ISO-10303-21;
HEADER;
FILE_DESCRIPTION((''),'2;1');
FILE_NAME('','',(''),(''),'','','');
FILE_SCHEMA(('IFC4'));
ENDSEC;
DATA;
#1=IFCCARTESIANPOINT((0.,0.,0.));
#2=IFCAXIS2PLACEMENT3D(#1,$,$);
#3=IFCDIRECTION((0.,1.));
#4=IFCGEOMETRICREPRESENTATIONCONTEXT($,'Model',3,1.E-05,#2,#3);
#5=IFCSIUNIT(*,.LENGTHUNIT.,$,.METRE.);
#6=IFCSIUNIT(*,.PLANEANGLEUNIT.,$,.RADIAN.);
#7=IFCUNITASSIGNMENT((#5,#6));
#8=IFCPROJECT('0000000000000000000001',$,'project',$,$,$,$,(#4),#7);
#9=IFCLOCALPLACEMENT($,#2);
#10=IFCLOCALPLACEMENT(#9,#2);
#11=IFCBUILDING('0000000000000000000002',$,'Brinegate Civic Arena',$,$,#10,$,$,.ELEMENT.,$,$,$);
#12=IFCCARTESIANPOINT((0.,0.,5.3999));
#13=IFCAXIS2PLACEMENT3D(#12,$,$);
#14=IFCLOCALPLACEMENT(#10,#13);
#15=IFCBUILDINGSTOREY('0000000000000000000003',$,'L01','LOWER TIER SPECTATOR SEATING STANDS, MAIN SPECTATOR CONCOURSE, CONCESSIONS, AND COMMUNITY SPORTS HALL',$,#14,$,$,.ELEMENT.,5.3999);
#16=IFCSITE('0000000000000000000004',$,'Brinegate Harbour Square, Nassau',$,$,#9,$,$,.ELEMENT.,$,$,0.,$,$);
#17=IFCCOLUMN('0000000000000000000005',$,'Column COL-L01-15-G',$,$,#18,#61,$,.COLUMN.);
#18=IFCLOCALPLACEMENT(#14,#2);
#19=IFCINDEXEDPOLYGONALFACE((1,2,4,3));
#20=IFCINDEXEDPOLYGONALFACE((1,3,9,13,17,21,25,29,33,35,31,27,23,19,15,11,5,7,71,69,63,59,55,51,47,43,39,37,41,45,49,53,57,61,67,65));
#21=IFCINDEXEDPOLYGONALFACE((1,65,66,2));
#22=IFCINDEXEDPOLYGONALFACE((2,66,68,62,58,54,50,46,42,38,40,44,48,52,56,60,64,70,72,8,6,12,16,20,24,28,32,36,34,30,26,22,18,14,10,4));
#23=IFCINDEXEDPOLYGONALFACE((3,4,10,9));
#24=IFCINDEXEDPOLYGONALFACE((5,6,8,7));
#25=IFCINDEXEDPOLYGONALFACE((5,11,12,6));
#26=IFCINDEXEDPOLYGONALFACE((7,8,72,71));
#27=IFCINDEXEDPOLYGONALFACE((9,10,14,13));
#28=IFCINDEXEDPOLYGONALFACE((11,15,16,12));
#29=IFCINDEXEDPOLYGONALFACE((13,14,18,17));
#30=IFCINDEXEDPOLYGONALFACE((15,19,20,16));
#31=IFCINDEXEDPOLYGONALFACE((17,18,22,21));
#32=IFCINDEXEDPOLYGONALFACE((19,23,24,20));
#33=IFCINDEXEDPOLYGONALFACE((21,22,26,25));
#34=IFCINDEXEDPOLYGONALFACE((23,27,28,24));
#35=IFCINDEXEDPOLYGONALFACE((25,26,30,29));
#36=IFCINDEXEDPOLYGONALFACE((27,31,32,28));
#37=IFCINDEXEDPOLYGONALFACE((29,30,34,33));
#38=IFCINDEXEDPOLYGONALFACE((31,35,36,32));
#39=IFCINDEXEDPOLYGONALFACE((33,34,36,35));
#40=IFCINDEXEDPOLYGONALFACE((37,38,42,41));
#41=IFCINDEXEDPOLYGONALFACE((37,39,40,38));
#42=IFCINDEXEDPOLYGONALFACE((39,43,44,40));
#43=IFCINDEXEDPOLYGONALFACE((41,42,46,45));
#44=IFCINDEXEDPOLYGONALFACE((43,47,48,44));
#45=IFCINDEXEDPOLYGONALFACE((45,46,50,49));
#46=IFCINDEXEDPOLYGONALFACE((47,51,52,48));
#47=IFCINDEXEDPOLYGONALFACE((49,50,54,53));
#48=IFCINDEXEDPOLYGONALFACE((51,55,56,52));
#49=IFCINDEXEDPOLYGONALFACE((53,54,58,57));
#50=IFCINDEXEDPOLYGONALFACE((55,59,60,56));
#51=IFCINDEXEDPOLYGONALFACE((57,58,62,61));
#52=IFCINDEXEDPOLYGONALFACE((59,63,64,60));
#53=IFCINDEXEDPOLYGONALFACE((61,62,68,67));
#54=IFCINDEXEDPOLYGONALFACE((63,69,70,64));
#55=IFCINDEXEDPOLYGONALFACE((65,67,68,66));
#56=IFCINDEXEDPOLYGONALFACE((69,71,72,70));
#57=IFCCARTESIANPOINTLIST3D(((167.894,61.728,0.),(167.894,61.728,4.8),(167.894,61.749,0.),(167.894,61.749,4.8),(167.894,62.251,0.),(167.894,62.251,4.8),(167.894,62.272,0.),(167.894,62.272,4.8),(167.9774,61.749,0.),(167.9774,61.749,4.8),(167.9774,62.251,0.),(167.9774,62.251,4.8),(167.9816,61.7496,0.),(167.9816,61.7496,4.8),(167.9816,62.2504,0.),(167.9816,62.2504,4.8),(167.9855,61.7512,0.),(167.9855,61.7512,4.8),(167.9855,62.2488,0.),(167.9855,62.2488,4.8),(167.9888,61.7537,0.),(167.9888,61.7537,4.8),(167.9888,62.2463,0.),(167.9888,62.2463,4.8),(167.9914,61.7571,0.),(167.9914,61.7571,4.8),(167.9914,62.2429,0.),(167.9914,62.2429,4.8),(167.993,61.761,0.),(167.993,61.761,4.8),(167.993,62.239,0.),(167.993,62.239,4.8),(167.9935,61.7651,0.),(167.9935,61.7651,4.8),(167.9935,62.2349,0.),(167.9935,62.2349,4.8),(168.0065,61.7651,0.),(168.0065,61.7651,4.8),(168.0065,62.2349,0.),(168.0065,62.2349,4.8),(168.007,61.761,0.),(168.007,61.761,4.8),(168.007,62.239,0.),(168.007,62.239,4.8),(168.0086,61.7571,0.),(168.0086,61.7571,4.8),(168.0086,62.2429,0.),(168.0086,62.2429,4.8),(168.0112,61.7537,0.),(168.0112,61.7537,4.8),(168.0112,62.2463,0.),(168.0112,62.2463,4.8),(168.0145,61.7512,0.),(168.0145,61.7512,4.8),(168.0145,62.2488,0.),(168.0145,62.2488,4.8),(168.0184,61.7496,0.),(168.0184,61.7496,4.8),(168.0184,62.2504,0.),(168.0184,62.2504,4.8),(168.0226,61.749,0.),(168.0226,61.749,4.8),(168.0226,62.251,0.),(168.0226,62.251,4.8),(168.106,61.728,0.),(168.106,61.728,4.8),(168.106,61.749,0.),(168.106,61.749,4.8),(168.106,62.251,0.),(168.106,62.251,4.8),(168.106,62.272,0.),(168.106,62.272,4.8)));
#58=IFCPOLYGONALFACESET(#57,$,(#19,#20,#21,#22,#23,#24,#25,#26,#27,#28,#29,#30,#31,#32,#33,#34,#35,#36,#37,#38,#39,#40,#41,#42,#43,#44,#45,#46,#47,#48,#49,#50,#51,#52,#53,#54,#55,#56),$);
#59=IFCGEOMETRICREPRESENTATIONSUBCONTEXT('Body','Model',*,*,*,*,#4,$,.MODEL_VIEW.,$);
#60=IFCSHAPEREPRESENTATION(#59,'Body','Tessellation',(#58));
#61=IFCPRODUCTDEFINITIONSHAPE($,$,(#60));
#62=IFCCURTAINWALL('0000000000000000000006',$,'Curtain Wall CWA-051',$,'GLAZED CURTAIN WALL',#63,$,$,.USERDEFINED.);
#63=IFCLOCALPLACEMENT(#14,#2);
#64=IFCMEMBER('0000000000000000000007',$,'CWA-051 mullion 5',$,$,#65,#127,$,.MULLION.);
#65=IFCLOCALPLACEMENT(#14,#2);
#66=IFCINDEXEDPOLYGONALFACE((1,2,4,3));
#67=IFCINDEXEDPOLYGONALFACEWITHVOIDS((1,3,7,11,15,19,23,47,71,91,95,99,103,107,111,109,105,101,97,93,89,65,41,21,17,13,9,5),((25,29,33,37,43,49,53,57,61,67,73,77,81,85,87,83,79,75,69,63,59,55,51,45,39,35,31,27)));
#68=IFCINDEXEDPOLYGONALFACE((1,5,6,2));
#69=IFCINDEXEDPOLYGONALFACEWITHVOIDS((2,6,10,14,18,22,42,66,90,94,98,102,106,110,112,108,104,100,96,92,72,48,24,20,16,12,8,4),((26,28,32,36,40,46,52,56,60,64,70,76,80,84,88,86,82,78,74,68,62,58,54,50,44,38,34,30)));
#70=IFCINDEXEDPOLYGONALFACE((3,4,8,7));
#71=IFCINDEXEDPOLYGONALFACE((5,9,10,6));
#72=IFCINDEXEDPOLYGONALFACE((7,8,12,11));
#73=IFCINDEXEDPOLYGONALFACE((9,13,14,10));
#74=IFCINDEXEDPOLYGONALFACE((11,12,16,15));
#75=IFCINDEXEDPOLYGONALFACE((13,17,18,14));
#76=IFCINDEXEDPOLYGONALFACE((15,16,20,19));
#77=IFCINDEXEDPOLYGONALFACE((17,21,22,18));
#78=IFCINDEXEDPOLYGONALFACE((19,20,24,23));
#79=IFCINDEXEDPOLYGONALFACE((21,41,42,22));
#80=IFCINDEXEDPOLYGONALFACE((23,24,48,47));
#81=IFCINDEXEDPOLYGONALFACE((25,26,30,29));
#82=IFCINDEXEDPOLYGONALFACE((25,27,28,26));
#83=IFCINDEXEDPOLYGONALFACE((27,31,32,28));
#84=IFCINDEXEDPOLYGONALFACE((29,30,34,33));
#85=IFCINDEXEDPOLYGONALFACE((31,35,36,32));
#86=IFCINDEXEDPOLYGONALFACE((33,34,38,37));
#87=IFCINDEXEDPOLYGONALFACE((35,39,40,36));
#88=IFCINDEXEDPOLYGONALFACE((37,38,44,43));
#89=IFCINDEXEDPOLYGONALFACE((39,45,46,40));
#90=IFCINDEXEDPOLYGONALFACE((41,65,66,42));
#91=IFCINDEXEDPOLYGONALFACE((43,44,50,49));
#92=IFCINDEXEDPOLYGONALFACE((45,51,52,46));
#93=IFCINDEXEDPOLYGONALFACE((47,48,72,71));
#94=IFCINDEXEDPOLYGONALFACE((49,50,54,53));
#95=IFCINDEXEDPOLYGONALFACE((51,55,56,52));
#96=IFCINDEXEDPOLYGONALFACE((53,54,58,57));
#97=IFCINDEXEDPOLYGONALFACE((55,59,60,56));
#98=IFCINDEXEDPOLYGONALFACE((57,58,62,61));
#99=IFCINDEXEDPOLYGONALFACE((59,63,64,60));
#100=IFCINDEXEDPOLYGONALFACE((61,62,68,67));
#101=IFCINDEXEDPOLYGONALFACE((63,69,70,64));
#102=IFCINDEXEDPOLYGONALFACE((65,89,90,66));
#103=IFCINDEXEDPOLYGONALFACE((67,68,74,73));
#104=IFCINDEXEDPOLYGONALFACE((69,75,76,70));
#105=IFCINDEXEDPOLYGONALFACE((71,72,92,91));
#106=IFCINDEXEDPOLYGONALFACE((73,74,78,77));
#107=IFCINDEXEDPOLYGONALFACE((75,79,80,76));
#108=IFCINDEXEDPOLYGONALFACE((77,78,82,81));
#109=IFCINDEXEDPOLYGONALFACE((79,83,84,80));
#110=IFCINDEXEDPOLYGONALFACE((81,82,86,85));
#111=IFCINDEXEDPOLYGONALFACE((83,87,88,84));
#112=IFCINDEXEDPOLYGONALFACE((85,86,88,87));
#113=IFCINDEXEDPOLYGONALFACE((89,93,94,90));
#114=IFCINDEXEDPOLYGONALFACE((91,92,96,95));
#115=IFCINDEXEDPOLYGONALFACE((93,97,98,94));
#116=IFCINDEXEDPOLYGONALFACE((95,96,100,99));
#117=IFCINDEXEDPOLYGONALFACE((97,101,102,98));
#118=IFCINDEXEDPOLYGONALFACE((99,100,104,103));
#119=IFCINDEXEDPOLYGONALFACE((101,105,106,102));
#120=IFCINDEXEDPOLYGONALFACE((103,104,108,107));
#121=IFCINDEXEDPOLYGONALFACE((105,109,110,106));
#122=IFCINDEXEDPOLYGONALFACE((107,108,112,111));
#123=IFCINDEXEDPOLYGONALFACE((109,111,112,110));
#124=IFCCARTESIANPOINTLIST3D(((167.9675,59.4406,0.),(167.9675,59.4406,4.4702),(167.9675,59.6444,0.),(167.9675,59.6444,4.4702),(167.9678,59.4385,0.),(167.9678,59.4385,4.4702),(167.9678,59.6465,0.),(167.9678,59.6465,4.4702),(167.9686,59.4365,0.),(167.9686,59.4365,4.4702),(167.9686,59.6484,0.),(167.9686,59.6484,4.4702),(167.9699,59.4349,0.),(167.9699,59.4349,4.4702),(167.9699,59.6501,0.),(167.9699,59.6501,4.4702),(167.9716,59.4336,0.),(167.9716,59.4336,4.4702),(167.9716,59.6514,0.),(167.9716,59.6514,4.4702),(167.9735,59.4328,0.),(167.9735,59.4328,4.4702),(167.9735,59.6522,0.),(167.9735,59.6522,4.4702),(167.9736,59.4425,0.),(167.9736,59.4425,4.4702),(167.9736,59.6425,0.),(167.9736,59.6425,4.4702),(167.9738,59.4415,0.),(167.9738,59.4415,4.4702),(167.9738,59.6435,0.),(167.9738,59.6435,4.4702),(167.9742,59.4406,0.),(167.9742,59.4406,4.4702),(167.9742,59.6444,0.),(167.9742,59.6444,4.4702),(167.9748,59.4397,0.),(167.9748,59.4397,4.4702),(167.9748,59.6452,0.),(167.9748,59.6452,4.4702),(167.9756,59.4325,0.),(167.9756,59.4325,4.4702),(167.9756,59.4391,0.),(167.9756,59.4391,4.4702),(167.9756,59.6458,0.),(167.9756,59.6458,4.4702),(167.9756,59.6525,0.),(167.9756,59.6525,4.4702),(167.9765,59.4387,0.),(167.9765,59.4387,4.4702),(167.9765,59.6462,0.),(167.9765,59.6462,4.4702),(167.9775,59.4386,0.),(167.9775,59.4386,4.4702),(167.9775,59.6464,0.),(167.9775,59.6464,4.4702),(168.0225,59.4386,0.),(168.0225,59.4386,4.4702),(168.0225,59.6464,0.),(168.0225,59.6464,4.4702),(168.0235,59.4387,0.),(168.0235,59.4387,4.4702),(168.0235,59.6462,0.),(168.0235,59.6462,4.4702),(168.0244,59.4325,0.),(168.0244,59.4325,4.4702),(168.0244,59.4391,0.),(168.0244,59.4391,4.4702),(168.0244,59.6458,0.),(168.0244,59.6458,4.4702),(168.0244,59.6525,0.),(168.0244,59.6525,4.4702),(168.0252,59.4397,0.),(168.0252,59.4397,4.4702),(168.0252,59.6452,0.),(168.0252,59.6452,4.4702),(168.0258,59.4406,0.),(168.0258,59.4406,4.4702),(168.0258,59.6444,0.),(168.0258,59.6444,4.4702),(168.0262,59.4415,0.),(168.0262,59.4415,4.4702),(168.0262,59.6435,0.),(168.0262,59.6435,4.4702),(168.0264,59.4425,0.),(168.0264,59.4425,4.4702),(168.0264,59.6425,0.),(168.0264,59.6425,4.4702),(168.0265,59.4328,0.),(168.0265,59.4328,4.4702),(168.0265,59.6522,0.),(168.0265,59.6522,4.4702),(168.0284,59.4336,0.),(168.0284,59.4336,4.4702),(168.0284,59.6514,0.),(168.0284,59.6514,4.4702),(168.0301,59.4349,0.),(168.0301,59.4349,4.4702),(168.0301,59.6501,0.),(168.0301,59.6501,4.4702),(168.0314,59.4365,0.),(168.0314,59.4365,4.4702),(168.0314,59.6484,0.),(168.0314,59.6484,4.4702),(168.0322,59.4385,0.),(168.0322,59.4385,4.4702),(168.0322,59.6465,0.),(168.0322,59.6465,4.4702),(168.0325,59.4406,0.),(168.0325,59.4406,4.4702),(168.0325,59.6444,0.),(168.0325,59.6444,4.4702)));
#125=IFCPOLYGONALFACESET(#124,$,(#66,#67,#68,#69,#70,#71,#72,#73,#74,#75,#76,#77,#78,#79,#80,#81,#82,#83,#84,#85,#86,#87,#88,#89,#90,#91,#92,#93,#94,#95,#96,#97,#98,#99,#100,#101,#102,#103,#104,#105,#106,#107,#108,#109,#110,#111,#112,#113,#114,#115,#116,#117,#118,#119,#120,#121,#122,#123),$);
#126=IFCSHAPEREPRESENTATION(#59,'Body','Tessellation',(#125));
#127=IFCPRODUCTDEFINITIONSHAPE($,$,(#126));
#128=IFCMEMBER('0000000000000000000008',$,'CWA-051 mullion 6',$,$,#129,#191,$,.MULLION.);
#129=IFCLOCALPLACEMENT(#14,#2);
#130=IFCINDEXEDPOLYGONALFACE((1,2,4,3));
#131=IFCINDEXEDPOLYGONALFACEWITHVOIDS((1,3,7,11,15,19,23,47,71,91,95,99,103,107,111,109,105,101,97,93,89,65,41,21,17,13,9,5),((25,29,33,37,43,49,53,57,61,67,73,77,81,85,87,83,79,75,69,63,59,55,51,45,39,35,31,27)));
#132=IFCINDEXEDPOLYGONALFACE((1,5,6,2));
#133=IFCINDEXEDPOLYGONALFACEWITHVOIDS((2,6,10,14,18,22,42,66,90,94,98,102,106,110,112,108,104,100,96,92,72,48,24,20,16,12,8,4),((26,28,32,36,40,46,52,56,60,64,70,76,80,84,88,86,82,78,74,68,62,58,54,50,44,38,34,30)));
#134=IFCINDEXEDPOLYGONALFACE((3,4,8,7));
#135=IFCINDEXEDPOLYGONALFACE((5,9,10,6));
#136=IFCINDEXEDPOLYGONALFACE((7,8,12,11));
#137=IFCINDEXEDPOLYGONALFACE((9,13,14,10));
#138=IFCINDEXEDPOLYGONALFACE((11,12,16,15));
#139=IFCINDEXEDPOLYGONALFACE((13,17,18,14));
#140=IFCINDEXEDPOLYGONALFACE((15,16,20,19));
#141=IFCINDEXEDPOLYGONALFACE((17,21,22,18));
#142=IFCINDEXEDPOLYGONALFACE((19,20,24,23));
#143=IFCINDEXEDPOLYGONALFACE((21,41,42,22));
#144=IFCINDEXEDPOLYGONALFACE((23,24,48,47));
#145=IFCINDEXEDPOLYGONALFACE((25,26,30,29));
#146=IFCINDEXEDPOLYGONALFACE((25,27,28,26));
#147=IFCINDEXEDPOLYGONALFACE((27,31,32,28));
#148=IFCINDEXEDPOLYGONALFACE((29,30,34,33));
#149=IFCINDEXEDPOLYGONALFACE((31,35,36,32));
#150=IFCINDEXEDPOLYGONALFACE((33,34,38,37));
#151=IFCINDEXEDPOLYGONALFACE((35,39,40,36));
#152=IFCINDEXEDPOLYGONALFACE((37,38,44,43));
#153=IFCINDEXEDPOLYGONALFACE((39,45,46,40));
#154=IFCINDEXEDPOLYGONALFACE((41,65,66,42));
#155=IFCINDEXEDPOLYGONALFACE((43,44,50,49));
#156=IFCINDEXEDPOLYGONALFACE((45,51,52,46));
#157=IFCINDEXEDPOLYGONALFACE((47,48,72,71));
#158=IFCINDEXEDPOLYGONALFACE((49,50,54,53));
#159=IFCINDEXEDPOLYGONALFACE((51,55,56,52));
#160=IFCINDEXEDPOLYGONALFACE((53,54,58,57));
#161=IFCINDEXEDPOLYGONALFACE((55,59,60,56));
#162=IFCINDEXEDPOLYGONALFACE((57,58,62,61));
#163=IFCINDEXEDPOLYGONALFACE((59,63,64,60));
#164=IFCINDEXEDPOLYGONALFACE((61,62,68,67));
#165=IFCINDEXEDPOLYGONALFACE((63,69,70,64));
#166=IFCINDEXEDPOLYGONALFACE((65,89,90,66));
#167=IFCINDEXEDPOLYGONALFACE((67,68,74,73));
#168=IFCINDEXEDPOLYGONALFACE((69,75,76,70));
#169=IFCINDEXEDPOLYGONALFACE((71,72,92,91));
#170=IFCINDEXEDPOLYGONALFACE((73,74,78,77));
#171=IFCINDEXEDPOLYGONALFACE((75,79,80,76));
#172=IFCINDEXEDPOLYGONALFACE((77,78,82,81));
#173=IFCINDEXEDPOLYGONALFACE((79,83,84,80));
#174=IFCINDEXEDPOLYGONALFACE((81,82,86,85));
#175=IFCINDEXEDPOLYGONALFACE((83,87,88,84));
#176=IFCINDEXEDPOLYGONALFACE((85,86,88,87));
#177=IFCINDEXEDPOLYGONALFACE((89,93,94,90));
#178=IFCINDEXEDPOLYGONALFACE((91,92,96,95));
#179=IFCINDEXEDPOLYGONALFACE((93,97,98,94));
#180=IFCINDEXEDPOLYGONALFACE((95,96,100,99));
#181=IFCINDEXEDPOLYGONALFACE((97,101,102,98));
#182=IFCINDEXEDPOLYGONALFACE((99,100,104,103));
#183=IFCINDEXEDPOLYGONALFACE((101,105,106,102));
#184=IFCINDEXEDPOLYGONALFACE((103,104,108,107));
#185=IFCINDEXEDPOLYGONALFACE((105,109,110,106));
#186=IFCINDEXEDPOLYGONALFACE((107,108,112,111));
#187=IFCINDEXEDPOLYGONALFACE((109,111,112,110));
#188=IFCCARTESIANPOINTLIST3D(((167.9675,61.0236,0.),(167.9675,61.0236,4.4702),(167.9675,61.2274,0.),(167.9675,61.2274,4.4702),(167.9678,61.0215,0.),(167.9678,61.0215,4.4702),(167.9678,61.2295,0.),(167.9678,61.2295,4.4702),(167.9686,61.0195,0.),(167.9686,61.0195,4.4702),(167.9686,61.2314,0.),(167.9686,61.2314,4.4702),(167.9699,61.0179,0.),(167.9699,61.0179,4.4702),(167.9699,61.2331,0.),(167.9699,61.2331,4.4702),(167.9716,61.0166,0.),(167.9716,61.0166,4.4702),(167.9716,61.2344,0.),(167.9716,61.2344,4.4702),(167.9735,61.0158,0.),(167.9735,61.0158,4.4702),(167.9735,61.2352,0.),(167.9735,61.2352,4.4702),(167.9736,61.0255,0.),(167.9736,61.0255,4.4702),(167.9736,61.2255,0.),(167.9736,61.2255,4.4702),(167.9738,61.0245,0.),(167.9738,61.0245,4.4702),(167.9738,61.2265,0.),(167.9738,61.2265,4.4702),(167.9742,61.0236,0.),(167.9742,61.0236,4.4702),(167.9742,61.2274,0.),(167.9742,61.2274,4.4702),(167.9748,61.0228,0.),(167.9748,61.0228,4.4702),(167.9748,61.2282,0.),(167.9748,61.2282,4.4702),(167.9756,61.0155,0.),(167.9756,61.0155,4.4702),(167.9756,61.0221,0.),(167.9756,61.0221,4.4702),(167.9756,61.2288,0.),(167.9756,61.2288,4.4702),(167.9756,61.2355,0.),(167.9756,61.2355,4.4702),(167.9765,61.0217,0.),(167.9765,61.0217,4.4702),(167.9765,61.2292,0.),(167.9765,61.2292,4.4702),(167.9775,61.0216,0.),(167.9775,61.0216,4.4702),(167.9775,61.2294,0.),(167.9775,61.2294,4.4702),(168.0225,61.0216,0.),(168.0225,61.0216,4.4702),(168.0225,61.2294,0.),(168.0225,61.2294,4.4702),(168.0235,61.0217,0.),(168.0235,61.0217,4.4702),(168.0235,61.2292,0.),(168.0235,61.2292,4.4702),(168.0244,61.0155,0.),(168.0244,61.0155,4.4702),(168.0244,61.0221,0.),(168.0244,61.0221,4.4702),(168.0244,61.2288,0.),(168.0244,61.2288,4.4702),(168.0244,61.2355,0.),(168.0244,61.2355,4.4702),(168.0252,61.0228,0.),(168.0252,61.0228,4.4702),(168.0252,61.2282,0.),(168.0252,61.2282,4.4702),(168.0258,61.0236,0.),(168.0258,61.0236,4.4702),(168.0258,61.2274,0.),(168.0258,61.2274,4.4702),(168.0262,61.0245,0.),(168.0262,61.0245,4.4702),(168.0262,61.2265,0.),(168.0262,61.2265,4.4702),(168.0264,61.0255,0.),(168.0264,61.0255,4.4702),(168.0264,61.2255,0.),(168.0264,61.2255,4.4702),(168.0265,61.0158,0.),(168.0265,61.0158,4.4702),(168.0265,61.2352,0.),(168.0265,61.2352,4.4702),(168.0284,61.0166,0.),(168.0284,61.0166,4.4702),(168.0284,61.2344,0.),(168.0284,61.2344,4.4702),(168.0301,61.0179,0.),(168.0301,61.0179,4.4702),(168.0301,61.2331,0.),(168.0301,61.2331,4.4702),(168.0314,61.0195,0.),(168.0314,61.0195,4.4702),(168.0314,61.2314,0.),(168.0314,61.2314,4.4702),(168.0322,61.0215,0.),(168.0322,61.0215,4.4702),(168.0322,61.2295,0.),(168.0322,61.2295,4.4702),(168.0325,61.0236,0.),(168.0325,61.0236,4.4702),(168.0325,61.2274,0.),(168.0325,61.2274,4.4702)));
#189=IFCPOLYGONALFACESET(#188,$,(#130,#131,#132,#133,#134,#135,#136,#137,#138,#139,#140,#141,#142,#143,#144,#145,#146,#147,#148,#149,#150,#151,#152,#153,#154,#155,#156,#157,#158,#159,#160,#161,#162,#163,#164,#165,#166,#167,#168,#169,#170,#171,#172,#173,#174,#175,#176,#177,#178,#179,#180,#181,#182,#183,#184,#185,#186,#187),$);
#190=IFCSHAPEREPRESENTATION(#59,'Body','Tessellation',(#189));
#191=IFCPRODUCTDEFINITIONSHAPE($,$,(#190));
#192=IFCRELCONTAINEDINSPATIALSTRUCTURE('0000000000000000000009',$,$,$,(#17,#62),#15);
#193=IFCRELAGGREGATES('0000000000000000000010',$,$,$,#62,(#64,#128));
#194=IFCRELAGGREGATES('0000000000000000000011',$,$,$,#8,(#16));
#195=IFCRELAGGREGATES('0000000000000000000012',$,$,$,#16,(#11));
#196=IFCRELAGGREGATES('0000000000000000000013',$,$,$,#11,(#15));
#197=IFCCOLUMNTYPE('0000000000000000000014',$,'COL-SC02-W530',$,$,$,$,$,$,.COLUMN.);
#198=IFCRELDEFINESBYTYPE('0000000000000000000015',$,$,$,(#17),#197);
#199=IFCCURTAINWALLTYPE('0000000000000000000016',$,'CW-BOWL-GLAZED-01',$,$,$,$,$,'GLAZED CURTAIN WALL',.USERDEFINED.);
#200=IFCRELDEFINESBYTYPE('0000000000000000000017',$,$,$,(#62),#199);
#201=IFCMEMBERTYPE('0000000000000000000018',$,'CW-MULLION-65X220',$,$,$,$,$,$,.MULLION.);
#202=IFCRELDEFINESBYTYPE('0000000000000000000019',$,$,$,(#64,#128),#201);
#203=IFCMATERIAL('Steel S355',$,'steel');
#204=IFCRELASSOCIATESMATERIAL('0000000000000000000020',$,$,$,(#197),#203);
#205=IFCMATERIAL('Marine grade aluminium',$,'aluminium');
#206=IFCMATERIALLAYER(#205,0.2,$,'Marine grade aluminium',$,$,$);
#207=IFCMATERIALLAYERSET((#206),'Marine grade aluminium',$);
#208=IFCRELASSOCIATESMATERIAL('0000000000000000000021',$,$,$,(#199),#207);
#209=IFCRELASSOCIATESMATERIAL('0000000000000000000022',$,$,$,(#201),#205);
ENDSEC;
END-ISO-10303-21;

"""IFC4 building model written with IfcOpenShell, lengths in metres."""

from ifc_helpers import new_model, si_unit, direction, frame, origin, origin_2d, place, context, subcontext, project, spatial, hollow_rectangle, i_section, extrude, material, layer, layer_set, material_profile, profile_set, type_object, element, aggregate, save


model = new_model("IFC4")

# Units and contexts
model_context = context("Model", 3, precision=1e-05, world=origin(), true_north=direction((0.0, 1.0)))
body_context = subcontext(model_context, "Body", "Model", "MODEL_VIEW")
ifc_project = project(units=[si_unit("LENGTHUNIT", "METRE"), si_unit("PLANEANGLEUNIT", "RADIAN")], contexts=[model_context])

# Site, building, storey
site_placement = place(None, origin())
site = spatial("IfcSite", under=ifc_project, at=site_placement, Name="Brinegate Harbour Square, Nassau", CompositionType="ELEMENT", RefElevation=0.0)
building_placement = place(site_placement, origin())
building = spatial("IfcBuilding", under=site, at=building_placement, Name="Brinegate Civic Arena", CompositionType="ELEMENT")
storey_placement = place(building_placement, frame((0.0, 0.0, 5.3999)))
storey = spatial("IfcBuildingStorey", under=building, at=storey_placement, Name="L01", Description="LOWER TIER SPECTATOR SEATING STANDS, MAIN SPECTATOR CONCOURSE, CONCESSIONS, AND COMMUNITY SPORTS HALL", CompositionType="ELEMENT", Elevation=5.3999)

# Column
ifc_material_1 = material(Name="Steel S355", Category="steel")
ifc_material_profile_1 = material_profile(ifc_material_1, i_section(OverallWidth=0.2119, OverallDepth=0.5439, WebThickness=0.0129, FlangeThickness=0.021, FilletRadius=0.0161, at=origin_2d()), Name="W530X123")
ifc_profile_set_1 = profile_set([ifc_material_profile_1], Name="Steel S355")
column_type = type_object("IfcColumnType", Name="COL-SC02-W530", PredefinedType="COLUMN", material=ifc_profile_set_1)
column_placement = place(storey_placement, frame((168.0, 62.0, 0.0), z_axis=(0.0, 0.0, 1.0), x_axis=(1.0, 0.0, 0.0)))
element("IfcColumn", 1, at=column_placement, inside=storey, type_object=column_type, Name="Column COL-L01-15-G", PredefinedType="COLUMN", context=body_context, shape_type="SweptSolid", body=[
    extrude(i_section(OverallWidth=0.2119, OverallDepth=0.5439, WebThickness=0.0129, FlangeThickness=0.021, FilletRadius=0.0161, at=origin_2d()), origin(), (0.0, 0.0, 1.0), 4.8),
])

# Curtain wall, members
ifc_material_2 = material(Name="Marine grade aluminium", Category="aluminium")
ifc_layer_1 = layer(ifc_material_2, 0.2, Name="Marine grade aluminium")
ifc_layer_set_1 = layer_set([ifc_layer_1], Name="Marine grade aluminium")
curtain_wall_type = type_object("IfcCurtainWallType", Name="CW-BOWL-GLAZED-01", ElementType="GLAZED CURTAIN WALL", PredefinedType="USERDEFINED", material=ifc_layer_set_1)
curtain_wall_1_placement = place(storey_placement, origin())
curtain_wall_1 = element("IfcCurtainWall", 2, at=curtain_wall_1_placement, inside=storey, type_object=curtain_wall_type, Name="Curtain Wall CWA-051", ObjectType="GLAZED CURTAIN WALL", PredefinedType="USERDEFINED")
ifc_material_profile_2 = material_profile(ifc_material_2, hollow_rectangle(XDim=0.0649, YDim=0.22, WallThickness=0.0061, InnerFilletRadius=0.0039, OuterFilletRadius=0.0081, at=origin_2d()), Name="MUL65X220")
ifc_profile_set_2 = profile_set([ifc_material_profile_2], Name="Marine grade aluminium")
member_type_1 = type_object("IfcMemberType", Name="CW-MULLION-65X220", PredefinedType="MULLION", material=ifc_profile_set_2)
member_1_placement = place(storey_placement, frame((168.0, 59.5425, 0.0), z_axis=(0.0, 0.0, 1.0), x_axis=(-1.0, 0.0, 0.0)))
member_1 = element("IfcMember", 3, at=member_1_placement, type_object=member_type_1, Name="CWA-051 mullion 5", PredefinedType="MULLION", context=body_context, shape_type="SweptSolid", body=[
    extrude(hollow_rectangle(XDim=0.0649, YDim=0.22, WallThickness=0.0061, InnerFilletRadius=0.0039, OuterFilletRadius=0.0081, at=origin_2d()), origin(), (0.0, 0.0, 1.0), 4.4702),
])
member_2_placement = place(storey_placement, frame((168.0, 61.1255, 0.0), z_axis=(0.0, 0.0, 1.0), x_axis=(-1.0, 0.0, 0.0)))
member_2 = element("IfcMember", 4, at=member_2_placement, type_object=member_type_1, Name="CWA-051 mullion 6", PredefinedType="MULLION", context=body_context, shape_type="SweptSolid", body=[
    extrude(hollow_rectangle(XDim=0.0649, YDim=0.22, WallThickness=0.0061, InnerFilletRadius=0.0039, OuterFilletRadius=0.0081, at=origin_2d()), origin(), (0.0, 0.0, 1.0), 4.4702),
])

aggregate(curtain_wall_1, [member_1, member_2])

save(model, "model.ifc")
